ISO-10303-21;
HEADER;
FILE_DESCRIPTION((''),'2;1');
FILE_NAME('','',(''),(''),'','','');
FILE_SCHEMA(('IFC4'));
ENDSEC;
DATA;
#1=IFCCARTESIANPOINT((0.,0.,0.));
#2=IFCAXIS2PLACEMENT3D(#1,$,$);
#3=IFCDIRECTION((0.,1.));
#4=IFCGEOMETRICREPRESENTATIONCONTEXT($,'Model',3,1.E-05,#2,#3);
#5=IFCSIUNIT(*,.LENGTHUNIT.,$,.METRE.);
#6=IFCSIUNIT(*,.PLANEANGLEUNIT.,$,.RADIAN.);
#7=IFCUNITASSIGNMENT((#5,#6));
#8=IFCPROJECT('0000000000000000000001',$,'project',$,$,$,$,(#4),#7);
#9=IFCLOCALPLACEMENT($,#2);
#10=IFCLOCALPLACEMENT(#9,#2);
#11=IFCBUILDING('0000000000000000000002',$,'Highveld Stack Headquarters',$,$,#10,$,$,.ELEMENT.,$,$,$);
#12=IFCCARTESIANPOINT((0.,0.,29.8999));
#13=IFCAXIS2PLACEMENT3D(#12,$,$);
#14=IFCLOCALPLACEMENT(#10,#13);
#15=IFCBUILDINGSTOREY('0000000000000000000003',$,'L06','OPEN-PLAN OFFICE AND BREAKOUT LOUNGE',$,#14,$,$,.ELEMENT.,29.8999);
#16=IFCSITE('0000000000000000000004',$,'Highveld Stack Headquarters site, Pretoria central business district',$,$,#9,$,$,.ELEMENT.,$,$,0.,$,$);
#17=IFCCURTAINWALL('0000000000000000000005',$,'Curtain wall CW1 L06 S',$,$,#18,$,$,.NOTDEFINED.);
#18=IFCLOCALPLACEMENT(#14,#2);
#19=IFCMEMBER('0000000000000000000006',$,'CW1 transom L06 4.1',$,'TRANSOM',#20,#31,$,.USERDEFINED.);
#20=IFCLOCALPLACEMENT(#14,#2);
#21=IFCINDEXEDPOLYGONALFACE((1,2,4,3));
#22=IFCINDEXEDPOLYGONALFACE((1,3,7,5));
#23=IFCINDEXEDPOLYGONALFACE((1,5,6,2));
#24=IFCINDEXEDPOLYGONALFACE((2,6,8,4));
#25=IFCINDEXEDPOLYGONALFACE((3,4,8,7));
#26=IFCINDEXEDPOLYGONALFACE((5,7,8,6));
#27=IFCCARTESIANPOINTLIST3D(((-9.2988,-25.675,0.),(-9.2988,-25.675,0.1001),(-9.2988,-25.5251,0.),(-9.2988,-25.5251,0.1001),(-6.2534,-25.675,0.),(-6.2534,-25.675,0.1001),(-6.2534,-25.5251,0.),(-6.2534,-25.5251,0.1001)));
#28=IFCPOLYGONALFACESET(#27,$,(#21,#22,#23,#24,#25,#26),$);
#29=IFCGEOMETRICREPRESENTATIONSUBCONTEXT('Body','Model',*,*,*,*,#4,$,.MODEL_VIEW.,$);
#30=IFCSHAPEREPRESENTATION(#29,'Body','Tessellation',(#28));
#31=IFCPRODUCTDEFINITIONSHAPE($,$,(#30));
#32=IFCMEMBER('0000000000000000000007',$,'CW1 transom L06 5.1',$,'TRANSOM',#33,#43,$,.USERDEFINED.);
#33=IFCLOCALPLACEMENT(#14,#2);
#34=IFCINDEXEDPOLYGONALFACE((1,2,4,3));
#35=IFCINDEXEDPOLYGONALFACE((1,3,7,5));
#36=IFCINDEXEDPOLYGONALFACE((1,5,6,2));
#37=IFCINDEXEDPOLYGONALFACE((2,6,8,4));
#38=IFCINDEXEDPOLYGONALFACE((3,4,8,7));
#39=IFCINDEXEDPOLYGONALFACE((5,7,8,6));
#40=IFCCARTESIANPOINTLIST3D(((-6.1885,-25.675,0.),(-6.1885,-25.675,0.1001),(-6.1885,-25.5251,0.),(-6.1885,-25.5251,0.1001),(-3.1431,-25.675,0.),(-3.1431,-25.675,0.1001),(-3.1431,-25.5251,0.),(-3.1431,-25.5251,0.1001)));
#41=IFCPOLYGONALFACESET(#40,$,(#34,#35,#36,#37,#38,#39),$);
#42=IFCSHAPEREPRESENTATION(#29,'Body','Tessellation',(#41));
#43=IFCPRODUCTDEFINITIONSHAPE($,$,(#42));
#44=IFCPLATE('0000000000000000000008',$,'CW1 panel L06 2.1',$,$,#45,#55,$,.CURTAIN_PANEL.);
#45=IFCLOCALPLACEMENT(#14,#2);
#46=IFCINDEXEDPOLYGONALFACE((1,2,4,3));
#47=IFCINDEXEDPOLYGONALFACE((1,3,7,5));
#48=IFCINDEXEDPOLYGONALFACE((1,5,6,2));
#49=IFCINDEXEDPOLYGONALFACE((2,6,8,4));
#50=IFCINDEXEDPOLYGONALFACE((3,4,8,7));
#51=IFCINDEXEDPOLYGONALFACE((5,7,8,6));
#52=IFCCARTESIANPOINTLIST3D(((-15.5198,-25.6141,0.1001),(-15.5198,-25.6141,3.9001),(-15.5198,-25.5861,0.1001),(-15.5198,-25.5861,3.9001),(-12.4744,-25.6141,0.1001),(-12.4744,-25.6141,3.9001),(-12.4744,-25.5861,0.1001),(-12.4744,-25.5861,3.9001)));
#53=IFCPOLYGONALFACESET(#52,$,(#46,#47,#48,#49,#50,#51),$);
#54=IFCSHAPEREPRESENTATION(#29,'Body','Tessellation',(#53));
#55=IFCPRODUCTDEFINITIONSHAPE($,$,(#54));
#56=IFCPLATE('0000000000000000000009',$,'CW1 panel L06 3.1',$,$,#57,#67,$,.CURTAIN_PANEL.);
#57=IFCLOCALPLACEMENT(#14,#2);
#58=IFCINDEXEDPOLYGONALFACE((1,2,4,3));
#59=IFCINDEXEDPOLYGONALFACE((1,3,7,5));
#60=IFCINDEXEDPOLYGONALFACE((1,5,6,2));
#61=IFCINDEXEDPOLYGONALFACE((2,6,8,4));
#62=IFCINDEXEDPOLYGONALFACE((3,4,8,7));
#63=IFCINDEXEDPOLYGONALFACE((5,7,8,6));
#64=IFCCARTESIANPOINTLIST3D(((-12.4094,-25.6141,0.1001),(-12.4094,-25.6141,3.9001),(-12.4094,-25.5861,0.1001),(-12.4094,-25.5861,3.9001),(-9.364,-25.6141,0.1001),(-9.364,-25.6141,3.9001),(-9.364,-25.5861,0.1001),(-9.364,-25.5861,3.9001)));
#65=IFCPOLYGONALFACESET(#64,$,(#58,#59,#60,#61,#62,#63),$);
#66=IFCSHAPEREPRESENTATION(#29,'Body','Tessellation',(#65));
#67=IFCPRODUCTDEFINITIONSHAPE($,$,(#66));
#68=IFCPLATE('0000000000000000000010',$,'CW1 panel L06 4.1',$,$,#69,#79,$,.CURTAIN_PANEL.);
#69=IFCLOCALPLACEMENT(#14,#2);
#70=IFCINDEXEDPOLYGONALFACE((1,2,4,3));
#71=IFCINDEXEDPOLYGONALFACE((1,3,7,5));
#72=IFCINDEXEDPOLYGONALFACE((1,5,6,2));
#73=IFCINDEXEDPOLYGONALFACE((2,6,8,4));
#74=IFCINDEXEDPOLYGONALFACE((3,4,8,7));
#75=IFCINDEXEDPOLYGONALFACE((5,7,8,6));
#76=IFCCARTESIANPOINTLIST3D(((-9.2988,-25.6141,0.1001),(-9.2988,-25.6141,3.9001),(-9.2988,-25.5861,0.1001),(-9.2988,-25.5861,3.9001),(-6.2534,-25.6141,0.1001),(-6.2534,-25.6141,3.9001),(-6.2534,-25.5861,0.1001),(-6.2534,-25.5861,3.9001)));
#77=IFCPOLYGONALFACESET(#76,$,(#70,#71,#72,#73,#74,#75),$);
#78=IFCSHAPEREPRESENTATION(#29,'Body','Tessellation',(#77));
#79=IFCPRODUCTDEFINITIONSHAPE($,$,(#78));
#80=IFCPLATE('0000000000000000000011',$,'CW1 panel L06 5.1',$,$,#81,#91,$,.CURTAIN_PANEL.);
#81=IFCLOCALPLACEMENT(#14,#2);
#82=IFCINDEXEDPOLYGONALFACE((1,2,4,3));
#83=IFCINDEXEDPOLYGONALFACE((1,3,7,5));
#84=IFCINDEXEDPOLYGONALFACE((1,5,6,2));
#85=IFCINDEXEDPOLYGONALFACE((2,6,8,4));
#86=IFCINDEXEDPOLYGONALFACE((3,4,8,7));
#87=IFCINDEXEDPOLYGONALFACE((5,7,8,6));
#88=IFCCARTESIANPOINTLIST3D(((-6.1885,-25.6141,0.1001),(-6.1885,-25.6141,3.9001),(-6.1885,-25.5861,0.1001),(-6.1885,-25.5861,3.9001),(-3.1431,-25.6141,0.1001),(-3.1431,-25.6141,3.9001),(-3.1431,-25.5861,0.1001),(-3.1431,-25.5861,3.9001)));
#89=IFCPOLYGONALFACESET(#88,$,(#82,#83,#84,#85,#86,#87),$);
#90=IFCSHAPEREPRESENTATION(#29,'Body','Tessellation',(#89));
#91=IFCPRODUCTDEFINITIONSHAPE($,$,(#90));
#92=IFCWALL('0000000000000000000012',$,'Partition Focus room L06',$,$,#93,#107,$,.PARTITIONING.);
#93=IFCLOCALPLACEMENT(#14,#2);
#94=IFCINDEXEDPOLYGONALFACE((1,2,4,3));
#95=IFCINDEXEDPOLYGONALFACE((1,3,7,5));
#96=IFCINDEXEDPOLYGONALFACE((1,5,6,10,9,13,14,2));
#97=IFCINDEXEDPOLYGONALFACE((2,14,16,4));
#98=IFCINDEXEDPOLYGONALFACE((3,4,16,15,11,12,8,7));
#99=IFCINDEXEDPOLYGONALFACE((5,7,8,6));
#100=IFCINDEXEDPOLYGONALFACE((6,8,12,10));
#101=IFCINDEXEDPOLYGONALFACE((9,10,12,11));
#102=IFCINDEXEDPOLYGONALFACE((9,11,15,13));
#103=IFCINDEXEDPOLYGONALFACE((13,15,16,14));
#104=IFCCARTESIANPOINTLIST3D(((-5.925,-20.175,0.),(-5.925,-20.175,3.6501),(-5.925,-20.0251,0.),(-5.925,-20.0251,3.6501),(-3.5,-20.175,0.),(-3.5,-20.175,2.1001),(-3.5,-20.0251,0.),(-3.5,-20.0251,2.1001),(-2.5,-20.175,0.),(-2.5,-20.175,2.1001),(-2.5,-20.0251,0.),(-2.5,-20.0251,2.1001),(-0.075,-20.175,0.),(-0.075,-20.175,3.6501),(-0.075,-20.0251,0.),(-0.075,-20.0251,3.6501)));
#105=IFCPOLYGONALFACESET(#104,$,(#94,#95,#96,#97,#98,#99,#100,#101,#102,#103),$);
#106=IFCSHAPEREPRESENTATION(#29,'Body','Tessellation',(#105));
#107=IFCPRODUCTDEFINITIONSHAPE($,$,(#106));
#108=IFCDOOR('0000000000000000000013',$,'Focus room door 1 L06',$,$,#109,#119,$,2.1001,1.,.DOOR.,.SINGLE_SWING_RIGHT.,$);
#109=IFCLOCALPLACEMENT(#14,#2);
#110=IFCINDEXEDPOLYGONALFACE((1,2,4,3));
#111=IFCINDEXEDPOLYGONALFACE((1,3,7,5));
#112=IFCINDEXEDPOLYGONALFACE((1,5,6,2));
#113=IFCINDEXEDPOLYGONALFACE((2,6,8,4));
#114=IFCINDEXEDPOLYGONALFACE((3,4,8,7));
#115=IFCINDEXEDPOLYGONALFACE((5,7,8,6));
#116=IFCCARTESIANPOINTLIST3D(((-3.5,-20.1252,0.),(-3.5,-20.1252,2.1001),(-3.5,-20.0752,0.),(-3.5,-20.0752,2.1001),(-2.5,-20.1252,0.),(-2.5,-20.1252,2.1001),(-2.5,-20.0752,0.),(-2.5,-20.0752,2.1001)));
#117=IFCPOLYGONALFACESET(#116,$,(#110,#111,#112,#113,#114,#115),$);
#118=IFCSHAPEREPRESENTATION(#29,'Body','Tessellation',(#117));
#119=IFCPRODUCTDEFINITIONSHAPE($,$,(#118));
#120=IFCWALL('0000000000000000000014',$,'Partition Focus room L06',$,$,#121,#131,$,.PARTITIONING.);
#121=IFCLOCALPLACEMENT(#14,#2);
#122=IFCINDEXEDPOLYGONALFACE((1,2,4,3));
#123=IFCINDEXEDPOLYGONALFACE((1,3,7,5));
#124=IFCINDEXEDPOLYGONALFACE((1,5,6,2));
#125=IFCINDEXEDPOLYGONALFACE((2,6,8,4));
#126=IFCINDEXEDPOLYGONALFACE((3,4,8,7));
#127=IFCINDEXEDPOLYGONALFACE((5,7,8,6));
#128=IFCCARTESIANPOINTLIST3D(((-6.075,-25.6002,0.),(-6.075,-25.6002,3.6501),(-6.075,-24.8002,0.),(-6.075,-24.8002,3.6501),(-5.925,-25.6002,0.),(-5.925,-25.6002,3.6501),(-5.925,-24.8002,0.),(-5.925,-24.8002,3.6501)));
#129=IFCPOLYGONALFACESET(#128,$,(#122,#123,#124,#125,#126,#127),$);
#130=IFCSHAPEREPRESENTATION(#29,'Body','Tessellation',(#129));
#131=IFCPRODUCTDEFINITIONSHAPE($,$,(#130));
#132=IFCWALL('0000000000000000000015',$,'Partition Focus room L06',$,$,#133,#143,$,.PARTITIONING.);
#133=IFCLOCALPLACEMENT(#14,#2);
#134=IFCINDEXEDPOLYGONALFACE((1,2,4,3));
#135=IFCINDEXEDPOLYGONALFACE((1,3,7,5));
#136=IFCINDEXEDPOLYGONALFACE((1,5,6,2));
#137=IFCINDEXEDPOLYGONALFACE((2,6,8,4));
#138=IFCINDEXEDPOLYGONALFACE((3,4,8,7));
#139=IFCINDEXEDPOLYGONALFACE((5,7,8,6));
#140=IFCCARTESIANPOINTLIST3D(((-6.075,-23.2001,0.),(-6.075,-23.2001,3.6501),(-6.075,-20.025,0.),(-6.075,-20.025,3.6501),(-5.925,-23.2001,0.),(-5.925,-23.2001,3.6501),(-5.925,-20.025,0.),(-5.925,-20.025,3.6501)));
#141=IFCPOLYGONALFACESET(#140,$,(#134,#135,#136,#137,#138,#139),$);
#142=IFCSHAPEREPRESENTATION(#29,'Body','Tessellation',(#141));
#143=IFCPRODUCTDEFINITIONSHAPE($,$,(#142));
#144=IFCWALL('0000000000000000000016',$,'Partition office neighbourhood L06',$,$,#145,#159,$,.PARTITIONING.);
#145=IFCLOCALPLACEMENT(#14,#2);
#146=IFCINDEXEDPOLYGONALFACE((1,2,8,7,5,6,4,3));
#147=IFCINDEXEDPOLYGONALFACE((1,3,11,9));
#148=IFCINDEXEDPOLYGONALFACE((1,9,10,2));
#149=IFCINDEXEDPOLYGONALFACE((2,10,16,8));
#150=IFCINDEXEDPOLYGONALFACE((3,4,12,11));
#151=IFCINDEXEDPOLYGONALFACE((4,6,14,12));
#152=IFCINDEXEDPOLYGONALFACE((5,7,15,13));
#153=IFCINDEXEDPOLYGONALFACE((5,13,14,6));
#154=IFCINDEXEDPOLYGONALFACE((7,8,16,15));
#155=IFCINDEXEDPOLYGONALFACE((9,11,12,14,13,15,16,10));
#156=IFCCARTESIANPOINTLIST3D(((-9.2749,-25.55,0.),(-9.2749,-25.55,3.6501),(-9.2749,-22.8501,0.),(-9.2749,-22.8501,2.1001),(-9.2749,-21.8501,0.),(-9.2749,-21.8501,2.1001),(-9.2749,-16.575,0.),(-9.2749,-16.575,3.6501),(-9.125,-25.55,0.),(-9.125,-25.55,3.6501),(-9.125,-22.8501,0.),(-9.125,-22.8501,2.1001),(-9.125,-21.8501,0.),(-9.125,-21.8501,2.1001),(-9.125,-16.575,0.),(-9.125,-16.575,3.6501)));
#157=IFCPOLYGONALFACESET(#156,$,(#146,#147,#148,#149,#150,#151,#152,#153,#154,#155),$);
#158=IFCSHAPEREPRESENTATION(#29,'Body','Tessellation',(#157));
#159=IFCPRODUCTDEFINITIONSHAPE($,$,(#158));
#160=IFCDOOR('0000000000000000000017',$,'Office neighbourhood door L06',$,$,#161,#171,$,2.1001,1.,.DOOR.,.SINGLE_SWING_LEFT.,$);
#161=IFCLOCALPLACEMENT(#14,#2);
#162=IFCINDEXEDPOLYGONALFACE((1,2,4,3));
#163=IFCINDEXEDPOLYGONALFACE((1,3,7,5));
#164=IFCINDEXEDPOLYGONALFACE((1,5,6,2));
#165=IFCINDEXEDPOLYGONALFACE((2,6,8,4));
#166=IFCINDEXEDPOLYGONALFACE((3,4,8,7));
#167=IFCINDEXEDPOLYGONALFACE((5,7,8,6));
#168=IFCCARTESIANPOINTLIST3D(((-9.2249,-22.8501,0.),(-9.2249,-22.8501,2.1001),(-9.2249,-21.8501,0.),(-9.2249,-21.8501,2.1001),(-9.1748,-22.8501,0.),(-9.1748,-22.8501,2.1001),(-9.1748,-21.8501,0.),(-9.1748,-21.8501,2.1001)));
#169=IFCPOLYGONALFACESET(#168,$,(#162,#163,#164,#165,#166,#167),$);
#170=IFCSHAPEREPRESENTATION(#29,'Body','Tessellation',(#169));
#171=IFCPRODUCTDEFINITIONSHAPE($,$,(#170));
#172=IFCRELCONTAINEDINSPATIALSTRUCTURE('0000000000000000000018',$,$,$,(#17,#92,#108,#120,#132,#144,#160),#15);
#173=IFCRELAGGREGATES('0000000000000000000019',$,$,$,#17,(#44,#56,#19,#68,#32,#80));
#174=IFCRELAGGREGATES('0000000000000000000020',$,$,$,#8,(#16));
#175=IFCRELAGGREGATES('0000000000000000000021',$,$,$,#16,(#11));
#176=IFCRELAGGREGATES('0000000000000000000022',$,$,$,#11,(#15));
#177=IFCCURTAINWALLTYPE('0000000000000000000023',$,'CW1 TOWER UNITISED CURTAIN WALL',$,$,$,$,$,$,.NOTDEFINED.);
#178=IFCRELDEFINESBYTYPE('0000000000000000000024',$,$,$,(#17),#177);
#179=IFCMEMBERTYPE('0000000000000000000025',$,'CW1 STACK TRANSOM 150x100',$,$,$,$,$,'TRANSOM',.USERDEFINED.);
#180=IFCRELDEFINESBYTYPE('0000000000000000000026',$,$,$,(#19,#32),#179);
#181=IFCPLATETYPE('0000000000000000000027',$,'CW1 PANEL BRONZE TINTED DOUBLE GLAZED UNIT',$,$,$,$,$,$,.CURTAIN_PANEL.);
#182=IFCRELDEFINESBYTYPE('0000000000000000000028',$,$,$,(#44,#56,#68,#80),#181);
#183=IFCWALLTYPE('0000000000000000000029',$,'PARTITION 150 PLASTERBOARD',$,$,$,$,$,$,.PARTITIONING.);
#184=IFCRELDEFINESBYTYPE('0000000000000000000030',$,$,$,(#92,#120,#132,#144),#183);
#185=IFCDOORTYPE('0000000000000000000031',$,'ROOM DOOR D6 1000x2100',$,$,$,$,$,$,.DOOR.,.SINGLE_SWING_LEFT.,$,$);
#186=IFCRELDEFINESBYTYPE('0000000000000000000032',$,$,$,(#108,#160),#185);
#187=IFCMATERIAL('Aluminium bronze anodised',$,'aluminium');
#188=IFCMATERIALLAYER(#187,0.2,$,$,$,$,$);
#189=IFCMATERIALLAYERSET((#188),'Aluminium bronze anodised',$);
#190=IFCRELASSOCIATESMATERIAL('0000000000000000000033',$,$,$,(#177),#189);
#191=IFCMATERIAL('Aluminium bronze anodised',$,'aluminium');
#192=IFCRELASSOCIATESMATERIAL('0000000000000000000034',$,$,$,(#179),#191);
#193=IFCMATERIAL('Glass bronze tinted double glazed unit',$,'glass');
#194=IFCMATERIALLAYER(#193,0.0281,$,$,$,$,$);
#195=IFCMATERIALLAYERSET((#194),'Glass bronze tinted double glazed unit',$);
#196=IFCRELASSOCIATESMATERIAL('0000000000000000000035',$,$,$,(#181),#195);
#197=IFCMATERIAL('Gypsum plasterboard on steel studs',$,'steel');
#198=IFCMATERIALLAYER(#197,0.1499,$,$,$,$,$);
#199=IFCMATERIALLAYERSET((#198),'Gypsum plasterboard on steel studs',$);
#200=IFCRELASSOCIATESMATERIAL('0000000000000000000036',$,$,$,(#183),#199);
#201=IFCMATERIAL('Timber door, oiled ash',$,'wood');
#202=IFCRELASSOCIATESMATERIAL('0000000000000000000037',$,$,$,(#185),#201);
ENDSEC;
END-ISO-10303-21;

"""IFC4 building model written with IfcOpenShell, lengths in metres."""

from ifc_helpers import new_model, si_unit, direction, frame, frame_2d, origin, origin_2d, place, context, subcontext, project, spatial, rectangle, extrude, material, layer, layer_set, material_profile, profile_set, type_object, element, fill, aggregate, save


model = new_model("IFC4")

# Units and contexts
model_context = context("Model", 3, precision=1e-05, world=origin(), true_north=direction((0.0, 1.0)))
body_context = subcontext(model_context, "Body", "Model", "MODEL_VIEW")
ifc_project = project(units=[si_unit("LENGTHUNIT", "METRE"), si_unit("PLANEANGLEUNIT", "RADIAN")], contexts=[model_context])

# Site, building, storey
site_placement = place(None, origin())
site = spatial("IfcSite", under=ifc_project, at=site_placement, Name="Highveld Stack Headquarters site, Pretoria central business district", CompositionType="ELEMENT", RefElevation=0.0)
building_placement = place(site_placement, origin())
building = spatial("IfcBuilding", under=site, at=building_placement, Name="Highveld Stack Headquarters", CompositionType="ELEMENT")
storey_placement = place(building_placement, frame((0.0, 0.0, 29.8999)))
storey = spatial("IfcBuildingStorey", under=building, at=storey_placement, Name="L06", Description="OPEN-PLAN OFFICE AND BREAKOUT LOUNGE", CompositionType="ELEMENT", Elevation=29.8999)

# Curtain wall, members, plates
ifc_material_1 = material(Name="Aluminium bronze anodised", Category="aluminium")
ifc_layer_1 = layer(ifc_material_1, 0.2)
ifc_layer_set_1 = layer_set([ifc_layer_1], Name="Aluminium bronze anodised")
curtain_wall_type = type_object("IfcCurtainWallType", Name="CW1 TOWER UNITISED CURTAIN WALL", PredefinedType="NOTDEFINED", material=ifc_layer_set_1)
curtain_wall_placement = place(storey_placement, origin())
curtain_wall = element("IfcCurtainWall", 1, at=curtain_wall_placement, inside=storey, type_object=curtain_wall_type, Name="Curtain wall CW1 L06 S", PredefinedType="NOTDEFINED")
ifc_material_2 = material(Name="Aluminium bronze anodised", Category="aluminium")
ifc_material_profile_1 = material_profile(ifc_material_2, rectangle(XDim=0.1499, YDim=0.1001, at=origin_2d()), Name="CW1 TRANSOM 150x100")
ifc_profile_set_1 = profile_set([ifc_material_profile_1], Name="Aluminium bronze anodised")
member_type_1 = type_object("IfcMemberType", Name="CW1 STACK TRANSOM 150x100", ElementType="TRANSOM", PredefinedType="USERDEFINED", material=ifc_profile_set_1)
member_1_placement = place(storey_placement, frame((-9.2988, -25.6001, 0.05), z_axis=(1.0, 0.0, 0.0), x_axis=(0.0, 1.0, 0.0)))
member_1 = element("IfcMember", 2, at=member_1_placement, type_object=member_type_1, Name="CW1 transom L06 4.1", ObjectType="TRANSOM", PredefinedType="USERDEFINED", context=body_context, shape_type="SweptSolid", body=[
    extrude(rectangle(XDim=0.1499, YDim=0.1001, at=origin_2d()), origin(), (0.0, 0.0, 1.0), 3.0454),
])
member_2_placement = place(storey_placement, frame((-6.1885, -25.6001, 0.05), z_axis=(1.0, 0.0, 0.0), x_axis=(0.0, 1.0, 0.0)))
member_2 = element("IfcMember", 3, at=member_2_placement, type_object=member_type_1, Name="CW1 transom L06 5.1", ObjectType="TRANSOM", PredefinedType="USERDEFINED", context=body_context, shape_type="SweptSolid", body=[
    extrude(rectangle(XDim=0.1499, YDim=0.1001, at=origin_2d()), origin(), (0.0, 0.0, 1.0), 3.0454),
])
ifc_material_3 = material(Name="Glass bronze tinted double glazed unit", Category="glass")
ifc_layer_2 = layer(ifc_material_3, 0.0281)
ifc_layer_set_2 = layer_set([ifc_layer_2], Name="Glass bronze tinted double glazed unit")
plate_type = type_object("IfcPlateType", Name="CW1 PANEL BRONZE TINTED DOUBLE GLAZED UNIT", PredefinedType="CURTAIN_PANEL", material=ifc_layer_set_2)
plate_1_placement = place(storey_placement, frame((-13.9971, -25.6001, 0.1001), z_axis=(0.0, 0.0, 1.0), x_axis=(1.0, 0.0, 0.0)))
plate_1 = element("IfcPlate", 4, at=plate_1_placement, type_object=plate_type, Name="CW1 panel L06 2.1", PredefinedType="CURTAIN_PANEL", context=body_context, shape_type="SweptSolid", body=[
    extrude(rectangle(XDim=3.0454, YDim=0.0281, at=origin_2d()), origin(), (0.0, 0.0, 1.0), 3.8),
])
plate_2_placement = place(storey_placement, frame((-10.8867, -25.6001, 0.1001), z_axis=(0.0, 0.0, 1.0), x_axis=(1.0, 0.0, 0.0)))
plate_2 = element("IfcPlate", 5, at=plate_2_placement, type_object=plate_type, Name="CW1 panel L06 3.1", PredefinedType="CURTAIN_PANEL", context=body_context, shape_type="SweptSolid", body=[
    extrude(rectangle(XDim=3.0454, YDim=0.0281, at=origin_2d()), origin(), (0.0, 0.0, 1.0), 3.8),
])
plate_3_placement = place(storey_placement, frame((-7.7761, -25.6001, 0.1001), z_axis=(0.0, 0.0, 1.0), x_axis=(1.0, 0.0, 0.0)))
plate_3 = element("IfcPlate", 6, at=plate_3_placement, type_object=plate_type, Name="CW1 panel L06 4.1", PredefinedType="CURTAIN_PANEL", context=body_context, shape_type="SweptSolid", body=[
    extrude(rectangle(XDim=3.0454, YDim=0.0281, at=origin_2d()), origin(), (0.0, 0.0, 1.0), 3.8),
])
plate_4_placement = place(storey_placement, frame((-4.6658, -25.6001, 0.1001), z_axis=(0.0, 0.0, 1.0), x_axis=(1.0, 0.0, 0.0)))
plate_4 = element("IfcPlate", 7, at=plate_4_placement, type_object=plate_type, Name="CW1 panel L06 5.1", PredefinedType="CURTAIN_PANEL", context=body_context, shape_type="SweptSolid", body=[
    extrude(rectangle(XDim=3.0454, YDim=0.0281, at=origin_2d()), origin(), (0.0, 0.0, 1.0), 3.8),
])
aggregate(curtain_wall, [plate_1, plate_2, member_1, plate_3, member_2, plate_4])

# Wall, opening, door
ifc_material_4 = material(Name="Gypsum plasterboard on steel studs", Category="steel")
ifc_layer_3 = layer(ifc_material_4, 0.1499)
ifc_layer_set_3 = layer_set([ifc_layer_3], Name="Gypsum plasterboard on steel studs")
wall_type = type_object("IfcWallType", Name="PARTITION 150 PLASTERBOARD", PredefinedType="PARTITIONING", material=ifc_layer_set_3)
wall_1_placement = place(storey_placement, frame((-5.925, -20.1001, 0.0), z_axis=(0.0, 0.0, 1.0), x_axis=(1.0, 0.0, 0.0)))
wall_1 = element("IfcWall", 8, at=wall_1_placement, inside=storey, type_object=wall_type, Name="Partition Focus room L06", PredefinedType="PARTITIONING", context=body_context, shape_type="SweptSolid", body=[
    extrude(rectangle(XDim=5.8501, YDim=0.1499, at=frame_2d((2.925, 0.0))), origin(), (0.0, 0.0, 1.0), 3.6501),
])
opening_1_placement = place(wall_1_placement, frame((2.425, 0.0, 0.0)))
opening_1 = element("IfcOpeningElement", 9, at=opening_1_placement, cuts=wall_1, PredefinedType="OPENING", context=body_context, shape_type="SweptSolid", body=[
    extrude(rectangle(XDim=1.0, YDim=2.1001, at=frame_2d((0.5, 1.05))), frame((0.0, 0.085, 0.0), z_axis=(0.0, -1.0, 0.0), x_axis=(1.0, 0.0, 0.0)), (0.0, 0.0, 1.0), 0.1699),
])
ifc_material_5 = material(Name="Timber door, oiled ash", Category="wood")
door_type = type_object("IfcDoorType", Name="ROOM DOOR D6 1000x2100", OperationType="SINGLE_SWING_LEFT", PredefinedType="DOOR", material=ifc_material_5)
door_1_placement = place(opening_1_placement, origin())
door_1 = element("IfcDoor", 10, at=door_1_placement, inside=storey, type_object=door_type, Name="Focus room door 1 L06", OperationType="SINGLE_SWING_RIGHT", OverallHeight=2.1001, OverallWidth=1.0, PredefinedType="DOOR", context=body_context, shape_type="SweptSolid", body=[
    extrude(rectangle(XDim=1.0, YDim=2.1001, at=frame_2d((0.5, 1.05))), frame((0.0, 0.0249, 0.0), z_axis=(0.0, -1.0, 0.0), x_axis=(1.0, 0.0, 0.0)), (0.0, 0.0, 1.0), 0.05),
])
fill(opening_1, door_1)

# Walls
wall_2_placement = place(storey_placement, frame((-6.0, -25.6001, 0.0), z_axis=(0.0, 0.0, 1.0), x_axis=(0.0, 1.0, 0.0)))
element("IfcWall", 11, at=wall_2_placement, inside=storey, type_object=wall_type, Name="Partition Focus room L06", PredefinedType="PARTITIONING", context=body_context, shape_type="SweptSolid", body=[
    extrude(rectangle(XDim=0.8, YDim=0.1499, at=frame_2d((0.3999, 0.0))), origin(), (0.0, 0.0, 1.0), 3.6501),
])
wall_3_placement = place(storey_placement, frame((-6.0, -23.2, 0.0), z_axis=(0.0, 0.0, 1.0), x_axis=(0.0, 1.0, 0.0)))
element("IfcWall", 12, at=wall_3_placement, inside=storey, type_object=wall_type, Name="Partition Focus room L06", PredefinedType="PARTITIONING", context=body_context, shape_type="SweptSolid", body=[
    extrude(rectangle(XDim=3.175, YDim=0.1499, at=frame_2d((1.5874, 0.0))), origin(), (0.0, 0.0, 1.0), 3.6501),
])

# Wall, opening, door
wall_4_placement = place(storey_placement, frame((-9.2, -25.55, 0.0), z_axis=(0.0, 0.0, 1.0), x_axis=(0.0, 1.0, 0.0)))
wall_4 = element("IfcWall", 13, at=wall_4_placement, inside=storey, type_object=wall_type, Name="Partition office neighbourhood L06", PredefinedType="PARTITIONING", context=body_context, shape_type="SweptSolid", body=[
    extrude(rectangle(XDim=8.9751, YDim=0.1499, at=frame_2d((4.4875, 0.0))), origin(), (0.0, 0.0, 1.0), 3.6501),
])
opening_2_placement = place(wall_4_placement, frame((2.7, 0.0, 0.0)))
opening_2 = element("IfcOpeningElement", 14, at=opening_2_placement, cuts=wall_4, PredefinedType="OPENING", context=body_context, shape_type="SweptSolid", body=[
    extrude(rectangle(XDim=1.0, YDim=2.1001, at=frame_2d((0.5, 1.05))), frame((0.0, 0.085, 0.0), z_axis=(0.0, -1.0, 0.0), x_axis=(1.0, 0.0, 0.0)), (0.0, 0.0, 1.0), 0.1699),
])
door_2_placement = place(opening_2_placement, origin())
door_2 = element("IfcDoor", 15, at=door_2_placement, inside=storey, type_object=door_type, Name="Office neighbourhood door L06", OperationType="SINGLE_SWING_LEFT", OverallHeight=2.1001, OverallWidth=1.0, PredefinedType="DOOR", context=body_context, shape_type="SweptSolid", body=[
    extrude(rectangle(XDim=1.0, YDim=2.1001, at=frame_2d((0.5, 1.05))), frame((0.0, 0.0249, 0.0), z_axis=(0.0, -1.0, 0.0), x_axis=(1.0, 0.0, 0.0)), (0.0, 0.0, 1.0), 0.05),
])
fill(opening_2, door_2)

save(model, "model.ifc")
